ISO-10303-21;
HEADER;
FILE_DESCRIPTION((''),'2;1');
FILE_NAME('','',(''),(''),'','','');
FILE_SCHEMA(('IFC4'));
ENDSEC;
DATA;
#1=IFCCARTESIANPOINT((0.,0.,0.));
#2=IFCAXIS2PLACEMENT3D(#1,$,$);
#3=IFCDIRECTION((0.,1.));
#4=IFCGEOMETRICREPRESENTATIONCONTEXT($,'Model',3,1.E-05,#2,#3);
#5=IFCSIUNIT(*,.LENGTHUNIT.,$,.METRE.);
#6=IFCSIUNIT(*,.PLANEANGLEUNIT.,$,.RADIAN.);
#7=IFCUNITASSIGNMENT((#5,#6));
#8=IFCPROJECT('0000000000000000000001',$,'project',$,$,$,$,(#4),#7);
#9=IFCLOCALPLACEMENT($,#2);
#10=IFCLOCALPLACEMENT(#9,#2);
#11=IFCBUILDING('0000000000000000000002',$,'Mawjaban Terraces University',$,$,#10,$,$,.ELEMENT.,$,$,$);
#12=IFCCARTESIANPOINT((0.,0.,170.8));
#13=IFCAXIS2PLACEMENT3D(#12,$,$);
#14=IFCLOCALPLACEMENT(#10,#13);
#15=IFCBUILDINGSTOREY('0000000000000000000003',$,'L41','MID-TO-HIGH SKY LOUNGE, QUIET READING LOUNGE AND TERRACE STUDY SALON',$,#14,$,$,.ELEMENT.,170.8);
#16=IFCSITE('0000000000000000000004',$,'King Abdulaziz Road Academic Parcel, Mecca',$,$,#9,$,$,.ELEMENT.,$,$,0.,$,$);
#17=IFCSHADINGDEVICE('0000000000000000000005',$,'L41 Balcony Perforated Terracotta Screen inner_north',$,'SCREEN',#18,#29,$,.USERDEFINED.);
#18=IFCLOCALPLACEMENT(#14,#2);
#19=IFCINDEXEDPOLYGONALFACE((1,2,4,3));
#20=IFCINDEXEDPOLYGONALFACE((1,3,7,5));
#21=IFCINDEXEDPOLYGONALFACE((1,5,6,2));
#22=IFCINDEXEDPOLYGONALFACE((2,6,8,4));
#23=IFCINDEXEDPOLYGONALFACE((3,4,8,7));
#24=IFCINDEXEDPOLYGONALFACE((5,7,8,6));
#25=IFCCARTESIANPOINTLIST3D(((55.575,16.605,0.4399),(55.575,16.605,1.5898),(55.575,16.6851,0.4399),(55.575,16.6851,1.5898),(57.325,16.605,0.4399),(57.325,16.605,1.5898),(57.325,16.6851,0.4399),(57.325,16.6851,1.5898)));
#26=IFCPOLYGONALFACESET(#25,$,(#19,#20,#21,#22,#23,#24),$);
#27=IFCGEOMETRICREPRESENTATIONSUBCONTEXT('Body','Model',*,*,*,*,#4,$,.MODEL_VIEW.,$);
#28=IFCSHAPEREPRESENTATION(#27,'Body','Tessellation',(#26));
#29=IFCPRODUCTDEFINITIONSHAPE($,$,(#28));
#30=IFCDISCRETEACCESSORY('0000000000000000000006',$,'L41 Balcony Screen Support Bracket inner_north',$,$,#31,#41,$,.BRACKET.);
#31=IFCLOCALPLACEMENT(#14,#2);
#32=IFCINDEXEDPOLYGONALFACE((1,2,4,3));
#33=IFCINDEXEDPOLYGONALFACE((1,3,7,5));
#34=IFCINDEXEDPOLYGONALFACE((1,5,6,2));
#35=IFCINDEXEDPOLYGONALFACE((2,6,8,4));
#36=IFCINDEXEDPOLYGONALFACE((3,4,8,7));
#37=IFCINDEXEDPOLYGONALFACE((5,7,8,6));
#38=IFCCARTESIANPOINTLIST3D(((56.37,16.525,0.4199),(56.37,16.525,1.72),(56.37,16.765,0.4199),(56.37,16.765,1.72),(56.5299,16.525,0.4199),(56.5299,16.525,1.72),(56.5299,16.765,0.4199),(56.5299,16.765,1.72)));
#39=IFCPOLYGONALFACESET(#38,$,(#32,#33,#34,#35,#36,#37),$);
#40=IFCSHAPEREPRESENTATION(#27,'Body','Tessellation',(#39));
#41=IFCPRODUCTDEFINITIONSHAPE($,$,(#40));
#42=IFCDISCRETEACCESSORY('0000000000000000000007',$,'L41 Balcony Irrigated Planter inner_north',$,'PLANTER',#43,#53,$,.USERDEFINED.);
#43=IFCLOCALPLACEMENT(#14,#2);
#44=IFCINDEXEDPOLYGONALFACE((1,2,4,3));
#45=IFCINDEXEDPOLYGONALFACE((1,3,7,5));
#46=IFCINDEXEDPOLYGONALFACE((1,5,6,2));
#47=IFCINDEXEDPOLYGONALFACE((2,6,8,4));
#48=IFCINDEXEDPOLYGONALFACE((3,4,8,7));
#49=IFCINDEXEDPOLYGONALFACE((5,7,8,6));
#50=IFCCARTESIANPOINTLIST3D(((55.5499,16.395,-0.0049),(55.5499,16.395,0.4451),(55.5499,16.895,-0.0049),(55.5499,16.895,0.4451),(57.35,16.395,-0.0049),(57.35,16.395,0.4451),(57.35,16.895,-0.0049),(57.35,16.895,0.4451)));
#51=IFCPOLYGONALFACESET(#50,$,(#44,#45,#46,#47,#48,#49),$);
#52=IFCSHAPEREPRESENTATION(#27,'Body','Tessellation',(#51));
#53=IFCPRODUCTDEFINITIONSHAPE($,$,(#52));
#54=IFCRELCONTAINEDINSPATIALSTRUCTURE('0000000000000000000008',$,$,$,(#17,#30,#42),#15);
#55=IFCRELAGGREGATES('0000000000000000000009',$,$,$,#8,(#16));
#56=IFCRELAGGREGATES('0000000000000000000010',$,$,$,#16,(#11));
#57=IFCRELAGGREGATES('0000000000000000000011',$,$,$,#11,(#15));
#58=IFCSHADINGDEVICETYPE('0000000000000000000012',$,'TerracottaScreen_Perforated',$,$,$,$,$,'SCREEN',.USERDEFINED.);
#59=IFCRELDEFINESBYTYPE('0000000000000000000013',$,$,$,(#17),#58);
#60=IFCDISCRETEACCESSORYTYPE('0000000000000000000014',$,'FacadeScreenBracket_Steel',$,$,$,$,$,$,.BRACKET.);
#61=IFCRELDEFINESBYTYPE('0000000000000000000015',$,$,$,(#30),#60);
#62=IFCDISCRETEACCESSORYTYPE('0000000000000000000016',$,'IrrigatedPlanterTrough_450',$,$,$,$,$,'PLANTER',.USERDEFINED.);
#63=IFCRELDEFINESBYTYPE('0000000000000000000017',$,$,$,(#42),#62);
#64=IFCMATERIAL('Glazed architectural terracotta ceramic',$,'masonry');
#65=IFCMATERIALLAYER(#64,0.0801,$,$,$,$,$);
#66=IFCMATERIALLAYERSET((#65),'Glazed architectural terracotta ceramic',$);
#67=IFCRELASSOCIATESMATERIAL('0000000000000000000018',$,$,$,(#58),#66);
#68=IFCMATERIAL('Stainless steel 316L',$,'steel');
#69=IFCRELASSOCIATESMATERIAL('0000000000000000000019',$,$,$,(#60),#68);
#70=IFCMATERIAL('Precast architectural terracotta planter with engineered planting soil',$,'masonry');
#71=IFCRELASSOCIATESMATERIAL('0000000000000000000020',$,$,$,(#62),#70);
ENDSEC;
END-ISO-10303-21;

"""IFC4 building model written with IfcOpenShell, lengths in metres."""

from ifc_helpers import new_model, si_unit, direction, frame, origin, origin_2d, place, context, subcontext, project, spatial, rectangle, extrude, material, layer, layer_set, type_object, element, save


model = new_model("IFC4")

# Units and contexts
model_context = context("Model", 3, precision=1e-05, world=origin(), true_north=direction((0.0, 1.0)))
body_context = subcontext(model_context, "Body", "Model", "MODEL_VIEW")
ifc_project = project(units=[si_unit("LENGTHUNIT", "METRE"), si_unit("PLANEANGLEUNIT", "RADIAN")], contexts=[model_context])

# Site, building, storey
site_placement = place(None, origin())
site = spatial("IfcSite", under=ifc_project, at=site_placement, Name="King Abdulaziz Road Academic Parcel, Mecca", CompositionType="ELEMENT", RefElevation=0.0)
building_placement = place(site_placement, origin())
building = spatial("IfcBuilding", under=site, at=building_placement, Name="Mawjaban Terraces University", CompositionType="ELEMENT")
storey_placement = place(building_placement, frame((0.0, 0.0, 170.8)))
storey = spatial("IfcBuildingStorey", under=building, at=storey_placement, Name="L41", Description="MID-TO-HIGH SKY LOUNGE, QUIET READING LOUNGE AND TERRACE STUDY SALON", CompositionType="ELEMENT", Elevation=170.8)

# Shading device
ifc_material_1 = material(Name="Glazed architectural terracotta ceramic", Category="masonry")
ifc_layer_1 = layer(ifc_material_1, 0.0801)
ifc_layer_set_1 = layer_set([ifc_layer_1], Name="Glazed architectural terracotta ceramic")
shading_device_type_1 = type_object("IfcShadingDeviceType", Name="TerracottaScreen_Perforated", ElementType="SCREEN", PredefinedType="USERDEFINED", material=ifc_layer_set_1)
shading_device_placement = place(storey_placement, frame((56.45, 16.645, 0.4399), z_axis=(0.0, 0.0, 1.0), x_axis=(1.0, 0.0, 0.0)))
element("IfcShadingDevice", 1, at=shading_device_placement, inside=storey, type_object=shading_device_type_1, Name="L41 Balcony Perforated Terracotta Screen inner_north", ObjectType="SCREEN", PredefinedType="USERDEFINED", context=body_context, shape_type="SweptSolid", body=[
    extrude(rectangle(XDim=1.75, YDim=0.0801, at=origin_2d()), origin(), (0.0, 0.0, 1.0), 1.1499),
])

# Discrete accessories
ifc_material_2 = material(Name="Stainless steel 316L", Category="steel")
discrete_accessory_type_1 = type_object("IfcDiscreteAccessoryType", Name="FacadeScreenBracket_Steel", PredefinedType="BRACKET", material=ifc_material_2)
discrete_accessory_1_placement = place(storey_placement, frame((56.45, 16.645, 0.4199), z_axis=(0.0, 0.0, 1.0), x_axis=(1.0, 0.0, 0.0)))
element("IfcDiscreteAccessory", 2, at=discrete_accessory_1_placement, inside=storey, type_object=discrete_accessory_type_1, Name="L41 Balcony Screen Support Bracket inner_north", PredefinedType="BRACKET", context=body_context, shape_type="SweptSolid", body=[
    extrude(rectangle(XDim=0.1599, YDim=0.24, at=origin_2d()), origin(), (0.0, 0.0, 1.0), 1.3),
])
ifc_material_3 = material(Name="Precast architectural terracotta planter with engineered planting soil", Category="masonry")
discrete_accessory_type_2 = type_object("IfcDiscreteAccessoryType", Name="IrrigatedPlanterTrough_450", ElementType="PLANTER", PredefinedType="USERDEFINED", material=ifc_material_3)
discrete_accessory_2_placement = place(storey_placement, frame((56.45, 16.645, -0.0049), z_axis=(0.0, 0.0, 1.0), x_axis=(1.0, 0.0, 0.0)))
element("IfcDiscreteAccessory", 3, at=discrete_accessory_2_placement, inside=storey, type_object=discrete_accessory_type_2, Name="L41 Balcony Irrigated Planter inner_north", ObjectType="PLANTER", PredefinedType="USERDEFINED", context=body_context, shape_type="SweptSolid", body=[
    extrude(rectangle(XDim=1.8, YDim=0.5, at=origin_2d()), origin(), (0.0, 0.0, 1.0), 0.45),
])

save(model, "model.ifc")
